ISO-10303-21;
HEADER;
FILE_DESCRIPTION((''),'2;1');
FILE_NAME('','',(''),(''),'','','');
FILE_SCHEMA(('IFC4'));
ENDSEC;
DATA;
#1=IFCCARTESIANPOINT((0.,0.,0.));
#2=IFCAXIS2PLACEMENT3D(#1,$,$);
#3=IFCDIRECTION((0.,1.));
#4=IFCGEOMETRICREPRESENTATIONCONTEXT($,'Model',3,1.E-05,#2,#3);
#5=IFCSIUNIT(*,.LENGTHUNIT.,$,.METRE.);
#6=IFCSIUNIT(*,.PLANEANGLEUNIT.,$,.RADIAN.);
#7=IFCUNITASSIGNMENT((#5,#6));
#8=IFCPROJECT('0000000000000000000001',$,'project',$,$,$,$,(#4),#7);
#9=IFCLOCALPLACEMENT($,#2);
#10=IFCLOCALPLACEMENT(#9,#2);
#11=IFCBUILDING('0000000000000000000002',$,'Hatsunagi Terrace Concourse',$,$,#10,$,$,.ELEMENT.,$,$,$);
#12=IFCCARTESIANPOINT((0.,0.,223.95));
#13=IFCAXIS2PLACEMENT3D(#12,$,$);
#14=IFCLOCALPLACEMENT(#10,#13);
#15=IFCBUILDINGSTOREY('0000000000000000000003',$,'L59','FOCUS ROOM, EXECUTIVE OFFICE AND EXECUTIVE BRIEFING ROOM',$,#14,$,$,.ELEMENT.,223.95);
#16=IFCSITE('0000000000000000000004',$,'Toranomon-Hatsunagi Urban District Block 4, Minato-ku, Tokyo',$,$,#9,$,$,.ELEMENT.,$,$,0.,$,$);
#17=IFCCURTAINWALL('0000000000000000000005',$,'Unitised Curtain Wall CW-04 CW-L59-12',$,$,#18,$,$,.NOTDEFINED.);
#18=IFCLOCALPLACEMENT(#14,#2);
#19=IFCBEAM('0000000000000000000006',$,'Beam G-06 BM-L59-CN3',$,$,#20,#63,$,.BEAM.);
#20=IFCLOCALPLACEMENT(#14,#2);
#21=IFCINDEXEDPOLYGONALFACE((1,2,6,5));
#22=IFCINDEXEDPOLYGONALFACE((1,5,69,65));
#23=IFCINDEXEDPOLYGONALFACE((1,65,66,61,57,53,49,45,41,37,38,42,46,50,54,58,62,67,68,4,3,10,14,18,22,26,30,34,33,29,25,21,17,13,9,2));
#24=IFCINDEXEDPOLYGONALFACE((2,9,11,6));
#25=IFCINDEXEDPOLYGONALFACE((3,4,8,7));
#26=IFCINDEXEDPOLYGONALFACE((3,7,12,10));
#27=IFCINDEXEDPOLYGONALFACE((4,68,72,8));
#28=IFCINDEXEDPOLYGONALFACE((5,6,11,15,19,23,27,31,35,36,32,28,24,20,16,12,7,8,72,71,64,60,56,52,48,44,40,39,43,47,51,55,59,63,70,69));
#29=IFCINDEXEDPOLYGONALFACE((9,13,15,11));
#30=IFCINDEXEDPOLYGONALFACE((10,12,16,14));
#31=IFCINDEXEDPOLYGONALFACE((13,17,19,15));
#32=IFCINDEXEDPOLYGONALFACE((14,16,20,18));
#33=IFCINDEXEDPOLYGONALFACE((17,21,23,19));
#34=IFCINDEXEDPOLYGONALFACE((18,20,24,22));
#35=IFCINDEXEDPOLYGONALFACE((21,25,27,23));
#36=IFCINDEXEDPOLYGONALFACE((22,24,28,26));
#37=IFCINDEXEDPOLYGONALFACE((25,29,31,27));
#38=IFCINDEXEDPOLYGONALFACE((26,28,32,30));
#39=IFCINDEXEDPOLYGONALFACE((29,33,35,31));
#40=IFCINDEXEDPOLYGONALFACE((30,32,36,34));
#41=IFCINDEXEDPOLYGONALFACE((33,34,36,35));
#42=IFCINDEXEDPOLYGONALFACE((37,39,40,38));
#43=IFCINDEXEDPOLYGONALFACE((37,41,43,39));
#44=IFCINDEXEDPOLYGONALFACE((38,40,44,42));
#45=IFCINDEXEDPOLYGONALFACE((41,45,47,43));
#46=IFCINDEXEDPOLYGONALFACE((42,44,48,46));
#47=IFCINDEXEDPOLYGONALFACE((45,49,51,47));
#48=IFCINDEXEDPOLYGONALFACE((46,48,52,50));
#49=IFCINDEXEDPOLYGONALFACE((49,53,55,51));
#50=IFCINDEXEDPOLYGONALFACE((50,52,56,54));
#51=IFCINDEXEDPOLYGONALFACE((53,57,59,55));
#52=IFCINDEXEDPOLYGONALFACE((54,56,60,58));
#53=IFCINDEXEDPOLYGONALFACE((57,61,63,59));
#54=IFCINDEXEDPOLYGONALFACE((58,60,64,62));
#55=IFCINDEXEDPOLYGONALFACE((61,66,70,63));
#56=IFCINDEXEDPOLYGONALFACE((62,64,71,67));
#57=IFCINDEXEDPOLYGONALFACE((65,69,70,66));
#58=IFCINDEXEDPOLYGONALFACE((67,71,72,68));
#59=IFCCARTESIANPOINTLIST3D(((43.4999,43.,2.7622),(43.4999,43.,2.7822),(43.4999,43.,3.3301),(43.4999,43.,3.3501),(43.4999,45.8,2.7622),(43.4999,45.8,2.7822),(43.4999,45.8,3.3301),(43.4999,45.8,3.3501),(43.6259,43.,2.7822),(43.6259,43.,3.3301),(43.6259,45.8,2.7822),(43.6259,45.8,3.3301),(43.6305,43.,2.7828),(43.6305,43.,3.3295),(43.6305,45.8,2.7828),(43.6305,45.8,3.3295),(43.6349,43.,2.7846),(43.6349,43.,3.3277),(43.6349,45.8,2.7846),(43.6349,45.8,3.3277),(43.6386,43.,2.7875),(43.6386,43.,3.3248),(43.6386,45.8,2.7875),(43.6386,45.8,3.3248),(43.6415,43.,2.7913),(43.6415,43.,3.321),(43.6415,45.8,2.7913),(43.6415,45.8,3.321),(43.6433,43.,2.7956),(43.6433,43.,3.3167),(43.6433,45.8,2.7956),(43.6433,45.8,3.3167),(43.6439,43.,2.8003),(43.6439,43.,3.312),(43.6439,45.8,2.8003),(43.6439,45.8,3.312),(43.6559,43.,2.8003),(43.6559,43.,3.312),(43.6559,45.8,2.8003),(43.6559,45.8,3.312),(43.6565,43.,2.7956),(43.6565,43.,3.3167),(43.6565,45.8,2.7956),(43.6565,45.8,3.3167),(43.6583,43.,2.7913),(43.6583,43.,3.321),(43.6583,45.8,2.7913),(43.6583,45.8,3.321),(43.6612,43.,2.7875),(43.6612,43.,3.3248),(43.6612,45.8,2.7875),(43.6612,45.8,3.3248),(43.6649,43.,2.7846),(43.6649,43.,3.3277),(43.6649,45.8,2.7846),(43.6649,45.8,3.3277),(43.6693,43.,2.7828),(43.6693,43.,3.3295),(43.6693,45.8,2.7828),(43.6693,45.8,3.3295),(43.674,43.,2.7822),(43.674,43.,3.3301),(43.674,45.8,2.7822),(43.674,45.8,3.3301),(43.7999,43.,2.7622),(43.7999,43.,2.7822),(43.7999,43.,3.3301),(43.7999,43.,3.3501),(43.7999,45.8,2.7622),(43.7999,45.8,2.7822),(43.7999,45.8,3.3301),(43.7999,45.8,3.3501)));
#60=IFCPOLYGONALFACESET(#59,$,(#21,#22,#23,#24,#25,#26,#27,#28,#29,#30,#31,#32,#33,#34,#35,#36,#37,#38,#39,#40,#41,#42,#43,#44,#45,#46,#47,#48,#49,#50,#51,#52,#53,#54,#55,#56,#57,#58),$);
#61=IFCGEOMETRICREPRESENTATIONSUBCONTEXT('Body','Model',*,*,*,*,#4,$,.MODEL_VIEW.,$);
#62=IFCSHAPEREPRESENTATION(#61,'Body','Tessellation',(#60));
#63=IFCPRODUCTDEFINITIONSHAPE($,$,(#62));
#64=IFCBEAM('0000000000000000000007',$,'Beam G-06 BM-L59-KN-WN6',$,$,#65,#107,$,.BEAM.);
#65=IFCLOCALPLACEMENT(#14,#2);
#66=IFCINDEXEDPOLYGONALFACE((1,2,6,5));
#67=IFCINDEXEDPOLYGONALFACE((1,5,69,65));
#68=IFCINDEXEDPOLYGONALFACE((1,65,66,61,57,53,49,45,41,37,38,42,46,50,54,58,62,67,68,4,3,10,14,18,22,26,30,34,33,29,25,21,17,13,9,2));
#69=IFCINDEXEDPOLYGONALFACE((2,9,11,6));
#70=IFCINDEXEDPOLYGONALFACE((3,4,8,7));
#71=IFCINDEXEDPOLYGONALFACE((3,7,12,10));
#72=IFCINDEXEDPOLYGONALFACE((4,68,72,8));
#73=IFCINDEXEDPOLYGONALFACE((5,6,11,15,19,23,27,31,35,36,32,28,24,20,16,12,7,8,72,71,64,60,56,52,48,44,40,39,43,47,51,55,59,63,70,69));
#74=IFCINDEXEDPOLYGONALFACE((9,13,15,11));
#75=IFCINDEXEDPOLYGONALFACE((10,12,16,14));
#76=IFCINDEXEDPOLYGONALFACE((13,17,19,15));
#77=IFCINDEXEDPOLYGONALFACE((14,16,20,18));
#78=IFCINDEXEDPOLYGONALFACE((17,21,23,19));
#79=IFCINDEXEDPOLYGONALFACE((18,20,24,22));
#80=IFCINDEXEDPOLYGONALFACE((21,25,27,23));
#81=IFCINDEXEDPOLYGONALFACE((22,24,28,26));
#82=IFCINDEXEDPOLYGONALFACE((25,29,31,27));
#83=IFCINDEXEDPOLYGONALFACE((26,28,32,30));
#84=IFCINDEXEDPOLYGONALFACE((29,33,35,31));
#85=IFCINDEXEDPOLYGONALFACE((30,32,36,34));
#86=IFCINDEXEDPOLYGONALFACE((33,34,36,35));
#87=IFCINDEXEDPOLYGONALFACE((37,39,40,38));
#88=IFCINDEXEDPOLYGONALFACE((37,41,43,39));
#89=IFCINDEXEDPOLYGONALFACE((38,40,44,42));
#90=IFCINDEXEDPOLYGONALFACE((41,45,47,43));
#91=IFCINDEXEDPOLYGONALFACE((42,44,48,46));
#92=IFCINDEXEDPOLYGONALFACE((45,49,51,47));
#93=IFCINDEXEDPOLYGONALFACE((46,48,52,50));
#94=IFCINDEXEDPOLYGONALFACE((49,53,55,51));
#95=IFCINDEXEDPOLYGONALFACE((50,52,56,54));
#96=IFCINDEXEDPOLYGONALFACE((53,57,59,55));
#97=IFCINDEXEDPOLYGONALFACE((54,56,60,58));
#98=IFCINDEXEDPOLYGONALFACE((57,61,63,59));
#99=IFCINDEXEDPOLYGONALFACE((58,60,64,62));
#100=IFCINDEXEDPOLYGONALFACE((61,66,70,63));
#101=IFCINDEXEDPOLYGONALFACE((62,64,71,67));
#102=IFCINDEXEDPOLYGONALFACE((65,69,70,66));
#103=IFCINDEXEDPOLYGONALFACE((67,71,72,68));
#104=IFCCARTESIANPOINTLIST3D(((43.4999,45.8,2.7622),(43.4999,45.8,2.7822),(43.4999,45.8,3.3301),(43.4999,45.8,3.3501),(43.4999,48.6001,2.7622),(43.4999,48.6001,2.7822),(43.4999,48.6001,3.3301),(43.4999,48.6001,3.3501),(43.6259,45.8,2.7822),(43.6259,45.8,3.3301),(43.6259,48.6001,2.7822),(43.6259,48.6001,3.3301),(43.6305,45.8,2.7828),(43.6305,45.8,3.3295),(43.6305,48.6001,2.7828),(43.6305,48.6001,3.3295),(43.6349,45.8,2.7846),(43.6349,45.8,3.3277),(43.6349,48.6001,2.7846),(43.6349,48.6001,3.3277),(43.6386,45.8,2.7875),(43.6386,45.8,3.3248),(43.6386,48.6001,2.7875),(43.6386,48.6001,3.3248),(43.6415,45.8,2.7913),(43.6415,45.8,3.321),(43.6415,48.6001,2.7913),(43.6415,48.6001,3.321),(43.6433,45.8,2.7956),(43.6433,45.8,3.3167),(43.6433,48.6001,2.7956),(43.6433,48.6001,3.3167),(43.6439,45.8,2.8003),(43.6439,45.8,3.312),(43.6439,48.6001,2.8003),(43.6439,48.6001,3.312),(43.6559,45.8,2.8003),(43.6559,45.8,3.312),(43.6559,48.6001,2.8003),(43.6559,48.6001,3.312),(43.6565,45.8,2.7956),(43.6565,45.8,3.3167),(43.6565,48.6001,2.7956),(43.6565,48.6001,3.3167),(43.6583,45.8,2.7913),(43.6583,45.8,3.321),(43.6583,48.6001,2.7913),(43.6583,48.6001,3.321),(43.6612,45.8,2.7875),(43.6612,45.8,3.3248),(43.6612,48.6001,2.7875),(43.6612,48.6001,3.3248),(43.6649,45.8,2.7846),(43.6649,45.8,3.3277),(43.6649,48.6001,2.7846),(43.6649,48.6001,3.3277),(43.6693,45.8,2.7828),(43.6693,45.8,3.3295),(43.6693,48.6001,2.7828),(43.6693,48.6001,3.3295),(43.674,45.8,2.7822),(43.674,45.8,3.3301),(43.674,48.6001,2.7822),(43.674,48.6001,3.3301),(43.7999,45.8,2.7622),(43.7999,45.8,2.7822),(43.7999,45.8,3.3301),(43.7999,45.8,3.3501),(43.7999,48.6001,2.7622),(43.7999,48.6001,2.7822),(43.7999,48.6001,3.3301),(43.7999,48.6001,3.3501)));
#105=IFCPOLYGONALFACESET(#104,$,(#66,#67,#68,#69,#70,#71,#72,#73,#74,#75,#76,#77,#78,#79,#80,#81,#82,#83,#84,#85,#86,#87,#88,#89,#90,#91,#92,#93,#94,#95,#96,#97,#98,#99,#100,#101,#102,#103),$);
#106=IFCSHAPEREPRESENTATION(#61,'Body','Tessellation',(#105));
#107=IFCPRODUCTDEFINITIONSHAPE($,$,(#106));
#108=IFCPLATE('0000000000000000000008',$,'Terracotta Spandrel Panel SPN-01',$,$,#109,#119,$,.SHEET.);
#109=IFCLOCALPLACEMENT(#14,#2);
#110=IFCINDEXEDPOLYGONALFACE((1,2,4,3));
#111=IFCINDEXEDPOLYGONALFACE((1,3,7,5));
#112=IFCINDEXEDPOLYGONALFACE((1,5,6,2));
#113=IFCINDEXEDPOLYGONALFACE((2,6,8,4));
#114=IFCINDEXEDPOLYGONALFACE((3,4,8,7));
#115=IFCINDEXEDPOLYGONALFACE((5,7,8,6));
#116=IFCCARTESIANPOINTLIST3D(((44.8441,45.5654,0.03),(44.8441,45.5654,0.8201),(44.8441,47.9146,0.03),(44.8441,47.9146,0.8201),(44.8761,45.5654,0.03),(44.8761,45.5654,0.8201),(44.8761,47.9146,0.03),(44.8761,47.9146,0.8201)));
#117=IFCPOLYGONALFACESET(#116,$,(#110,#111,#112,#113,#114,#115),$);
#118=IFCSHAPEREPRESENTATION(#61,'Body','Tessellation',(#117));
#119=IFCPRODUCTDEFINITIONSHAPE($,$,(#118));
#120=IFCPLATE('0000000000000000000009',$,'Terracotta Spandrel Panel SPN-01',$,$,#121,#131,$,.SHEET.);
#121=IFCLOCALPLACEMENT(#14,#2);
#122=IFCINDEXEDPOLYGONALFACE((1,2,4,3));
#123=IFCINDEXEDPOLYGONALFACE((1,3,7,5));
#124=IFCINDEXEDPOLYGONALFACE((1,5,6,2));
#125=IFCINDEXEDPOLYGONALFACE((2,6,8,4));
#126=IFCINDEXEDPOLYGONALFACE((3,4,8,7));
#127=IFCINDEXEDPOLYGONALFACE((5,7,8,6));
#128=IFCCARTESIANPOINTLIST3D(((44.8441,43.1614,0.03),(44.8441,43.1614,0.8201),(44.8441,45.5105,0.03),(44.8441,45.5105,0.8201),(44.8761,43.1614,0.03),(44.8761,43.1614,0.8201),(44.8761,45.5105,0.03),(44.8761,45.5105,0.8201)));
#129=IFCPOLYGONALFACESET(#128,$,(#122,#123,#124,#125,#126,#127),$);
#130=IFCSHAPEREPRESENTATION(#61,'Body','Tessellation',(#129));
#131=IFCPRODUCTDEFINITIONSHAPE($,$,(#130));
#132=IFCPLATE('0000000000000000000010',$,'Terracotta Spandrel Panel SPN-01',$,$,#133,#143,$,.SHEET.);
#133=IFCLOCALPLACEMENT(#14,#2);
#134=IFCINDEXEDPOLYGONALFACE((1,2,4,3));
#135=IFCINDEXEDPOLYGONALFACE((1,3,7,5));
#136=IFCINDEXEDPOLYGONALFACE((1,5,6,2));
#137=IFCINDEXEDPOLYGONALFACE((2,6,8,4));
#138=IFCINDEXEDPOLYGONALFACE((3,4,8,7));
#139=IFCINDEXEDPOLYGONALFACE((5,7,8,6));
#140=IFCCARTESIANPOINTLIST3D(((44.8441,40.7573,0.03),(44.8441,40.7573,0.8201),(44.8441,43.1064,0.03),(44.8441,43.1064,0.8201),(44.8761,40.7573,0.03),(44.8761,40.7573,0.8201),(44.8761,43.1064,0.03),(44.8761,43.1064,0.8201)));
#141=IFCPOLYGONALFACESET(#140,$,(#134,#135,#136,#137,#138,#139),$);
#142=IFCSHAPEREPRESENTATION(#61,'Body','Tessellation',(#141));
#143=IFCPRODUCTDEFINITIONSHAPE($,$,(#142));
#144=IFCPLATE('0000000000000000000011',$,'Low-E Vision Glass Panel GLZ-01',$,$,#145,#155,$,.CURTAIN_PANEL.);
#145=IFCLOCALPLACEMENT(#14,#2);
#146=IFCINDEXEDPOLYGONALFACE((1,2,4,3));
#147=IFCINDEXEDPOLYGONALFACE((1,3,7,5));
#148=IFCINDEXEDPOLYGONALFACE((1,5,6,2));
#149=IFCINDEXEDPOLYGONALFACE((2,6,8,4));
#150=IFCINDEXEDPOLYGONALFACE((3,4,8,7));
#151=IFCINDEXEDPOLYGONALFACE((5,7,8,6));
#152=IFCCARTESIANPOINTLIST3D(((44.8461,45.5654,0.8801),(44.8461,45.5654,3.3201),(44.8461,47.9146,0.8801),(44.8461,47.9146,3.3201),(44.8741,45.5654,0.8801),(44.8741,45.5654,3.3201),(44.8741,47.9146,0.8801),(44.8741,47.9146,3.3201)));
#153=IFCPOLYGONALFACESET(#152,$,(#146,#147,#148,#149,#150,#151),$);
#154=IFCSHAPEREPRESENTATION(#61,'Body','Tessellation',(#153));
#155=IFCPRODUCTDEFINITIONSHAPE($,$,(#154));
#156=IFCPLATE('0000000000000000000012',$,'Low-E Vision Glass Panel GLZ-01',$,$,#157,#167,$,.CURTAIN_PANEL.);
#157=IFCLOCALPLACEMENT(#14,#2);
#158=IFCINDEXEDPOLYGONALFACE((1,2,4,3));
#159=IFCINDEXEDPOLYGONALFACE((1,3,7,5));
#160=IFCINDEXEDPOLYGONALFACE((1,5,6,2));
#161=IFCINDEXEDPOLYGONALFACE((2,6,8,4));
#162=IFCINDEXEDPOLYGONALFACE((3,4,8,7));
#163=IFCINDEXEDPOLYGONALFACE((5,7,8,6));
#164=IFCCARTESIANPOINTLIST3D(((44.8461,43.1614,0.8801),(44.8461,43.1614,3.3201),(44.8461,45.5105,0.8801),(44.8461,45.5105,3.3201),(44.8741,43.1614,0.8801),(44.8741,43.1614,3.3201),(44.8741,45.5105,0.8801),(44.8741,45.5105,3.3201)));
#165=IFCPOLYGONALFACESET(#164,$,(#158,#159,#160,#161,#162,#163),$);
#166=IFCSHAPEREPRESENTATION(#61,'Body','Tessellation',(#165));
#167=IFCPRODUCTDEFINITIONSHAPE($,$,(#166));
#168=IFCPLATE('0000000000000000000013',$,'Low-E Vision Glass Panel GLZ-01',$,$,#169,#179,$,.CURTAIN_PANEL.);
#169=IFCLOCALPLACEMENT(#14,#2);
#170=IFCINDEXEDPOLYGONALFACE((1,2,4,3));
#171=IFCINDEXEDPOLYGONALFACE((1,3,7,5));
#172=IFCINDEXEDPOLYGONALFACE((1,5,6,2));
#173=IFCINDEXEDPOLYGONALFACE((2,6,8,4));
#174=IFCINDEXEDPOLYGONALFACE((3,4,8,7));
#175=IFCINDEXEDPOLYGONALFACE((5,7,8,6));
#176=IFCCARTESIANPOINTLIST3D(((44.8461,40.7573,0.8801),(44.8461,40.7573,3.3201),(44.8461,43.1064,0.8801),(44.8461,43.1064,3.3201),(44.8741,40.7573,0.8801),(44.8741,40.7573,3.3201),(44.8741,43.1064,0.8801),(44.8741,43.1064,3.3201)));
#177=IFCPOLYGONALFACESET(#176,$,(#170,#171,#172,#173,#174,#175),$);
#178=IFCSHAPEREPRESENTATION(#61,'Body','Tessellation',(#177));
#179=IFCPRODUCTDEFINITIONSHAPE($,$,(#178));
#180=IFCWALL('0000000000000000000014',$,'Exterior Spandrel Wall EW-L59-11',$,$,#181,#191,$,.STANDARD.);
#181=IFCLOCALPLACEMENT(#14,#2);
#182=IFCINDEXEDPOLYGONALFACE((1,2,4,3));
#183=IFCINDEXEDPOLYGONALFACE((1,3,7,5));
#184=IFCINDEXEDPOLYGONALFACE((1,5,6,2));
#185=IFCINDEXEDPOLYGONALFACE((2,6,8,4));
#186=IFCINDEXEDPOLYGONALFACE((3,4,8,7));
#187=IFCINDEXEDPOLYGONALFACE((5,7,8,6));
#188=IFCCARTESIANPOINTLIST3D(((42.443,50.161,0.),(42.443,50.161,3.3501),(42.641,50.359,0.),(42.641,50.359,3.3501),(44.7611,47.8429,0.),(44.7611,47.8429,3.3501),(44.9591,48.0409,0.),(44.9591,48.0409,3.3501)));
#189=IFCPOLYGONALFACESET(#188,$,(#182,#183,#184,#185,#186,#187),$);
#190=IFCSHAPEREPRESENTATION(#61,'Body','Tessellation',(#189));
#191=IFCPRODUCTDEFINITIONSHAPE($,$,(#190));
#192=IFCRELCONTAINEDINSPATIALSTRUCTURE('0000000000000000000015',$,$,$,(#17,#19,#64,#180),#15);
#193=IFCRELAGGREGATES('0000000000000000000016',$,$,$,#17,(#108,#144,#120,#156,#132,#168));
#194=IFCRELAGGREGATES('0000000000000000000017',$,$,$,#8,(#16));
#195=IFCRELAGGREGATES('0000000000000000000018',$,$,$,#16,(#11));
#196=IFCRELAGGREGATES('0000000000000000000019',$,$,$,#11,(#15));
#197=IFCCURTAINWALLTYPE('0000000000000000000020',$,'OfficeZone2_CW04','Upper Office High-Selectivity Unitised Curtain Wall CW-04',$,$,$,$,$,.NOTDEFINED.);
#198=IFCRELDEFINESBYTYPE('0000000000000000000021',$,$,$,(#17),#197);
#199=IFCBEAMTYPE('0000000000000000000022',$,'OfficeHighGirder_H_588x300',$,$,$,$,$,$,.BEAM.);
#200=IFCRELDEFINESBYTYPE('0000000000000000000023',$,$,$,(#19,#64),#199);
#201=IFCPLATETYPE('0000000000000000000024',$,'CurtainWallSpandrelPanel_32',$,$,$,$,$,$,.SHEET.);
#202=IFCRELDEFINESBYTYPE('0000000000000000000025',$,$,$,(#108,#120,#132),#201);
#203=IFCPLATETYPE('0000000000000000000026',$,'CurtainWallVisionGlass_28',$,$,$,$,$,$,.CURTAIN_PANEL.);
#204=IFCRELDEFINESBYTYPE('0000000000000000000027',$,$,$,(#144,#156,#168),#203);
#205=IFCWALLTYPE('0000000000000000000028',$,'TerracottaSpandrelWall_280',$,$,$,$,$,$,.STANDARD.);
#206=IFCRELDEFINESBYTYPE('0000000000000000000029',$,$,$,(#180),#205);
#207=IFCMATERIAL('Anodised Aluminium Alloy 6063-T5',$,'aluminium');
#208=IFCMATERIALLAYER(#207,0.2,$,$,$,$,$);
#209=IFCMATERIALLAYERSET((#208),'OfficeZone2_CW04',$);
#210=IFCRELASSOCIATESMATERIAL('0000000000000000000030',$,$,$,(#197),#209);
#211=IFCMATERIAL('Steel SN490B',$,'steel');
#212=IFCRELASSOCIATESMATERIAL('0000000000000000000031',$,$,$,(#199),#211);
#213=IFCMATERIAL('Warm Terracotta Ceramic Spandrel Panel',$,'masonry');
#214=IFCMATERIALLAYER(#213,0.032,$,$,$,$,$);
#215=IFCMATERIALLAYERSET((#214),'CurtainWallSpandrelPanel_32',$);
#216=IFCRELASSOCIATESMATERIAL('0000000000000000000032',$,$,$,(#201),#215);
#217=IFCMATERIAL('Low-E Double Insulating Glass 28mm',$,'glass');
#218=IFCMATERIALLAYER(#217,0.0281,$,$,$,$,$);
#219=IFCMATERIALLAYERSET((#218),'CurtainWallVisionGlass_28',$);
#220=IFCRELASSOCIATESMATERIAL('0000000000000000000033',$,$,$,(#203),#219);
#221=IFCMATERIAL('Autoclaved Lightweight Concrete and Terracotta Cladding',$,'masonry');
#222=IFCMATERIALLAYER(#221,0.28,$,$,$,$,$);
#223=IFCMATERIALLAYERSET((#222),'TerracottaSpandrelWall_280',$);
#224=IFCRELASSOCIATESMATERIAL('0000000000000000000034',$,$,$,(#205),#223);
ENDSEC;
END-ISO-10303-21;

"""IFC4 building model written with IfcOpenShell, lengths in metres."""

from ifc_helpers import new_model, si_unit, direction, frame, frame_2d, origin, origin_2d, place, context, subcontext, project, spatial, rectangle, i_section, extrude, material, layer, layer_set, material_profile, profile_set, type_object, element, aggregate, save


model = new_model("IFC4")

# Units and contexts
model_context = context("Model", 3, precision=1e-05, world=origin(), true_north=direction((0.0, 1.0)))
body_context = subcontext(model_context, "Body", "Model", "MODEL_VIEW")
ifc_project = project(units=[si_unit("LENGTHUNIT", "METRE"), si_unit("PLANEANGLEUNIT", "RADIAN")], contexts=[model_context])

# Site, building, storey
site_placement = place(None, origin())
site = spatial("IfcSite", under=ifc_project, at=site_placement, Name="Toranomon-Hatsunagi Urban District Block 4, Minato-ku, Tokyo", CompositionType="ELEMENT", RefElevation=0.0)
building_placement = place(site_placement, origin())
building = spatial("IfcBuilding", under=site, at=building_placement, Name="Hatsunagi Terrace Concourse", CompositionType="ELEMENT")
storey_placement = place(building_placement, frame((0.0, 0.0, 223.95)))
storey = spatial("IfcBuildingStorey", under=building, at=storey_placement, Name="L59", Description="FOCUS ROOM, EXECUTIVE OFFICE AND EXECUTIVE BRIEFING ROOM", CompositionType="ELEMENT", Elevation=223.95)

# Curtain wall
ifc_material_1 = material(Name="Anodised Aluminium Alloy 6063-T5", Category="aluminium")
ifc_layer_1 = layer(ifc_material_1, 0.2)
ifc_layer_set_1 = layer_set([ifc_layer_1], Name="OfficeZone2_CW04")
curtain_wall_type = type_object("IfcCurtainWallType", Name="OfficeZone2_CW04", Description="Upper Office High-Selectivity Unitised Curtain Wall CW-04", PredefinedType="NOTDEFINED", material=ifc_layer_set_1)
curtain_wall_placement = place(storey_placement, origin())
curtain_wall = element("IfcCurtainWall", 1, at=curtain_wall_placement, inside=storey, type_object=curtain_wall_type, Name="Unitised Curtain Wall CW-04 CW-L59-12", PredefinedType="NOTDEFINED")

# Beams
ifc_material_2 = material(Name="Steel SN490B", Category="steel")
ifc_material_profile_1 = material_profile(ifc_material_2, i_section(OverallWidth=0.3, OverallDepth=0.5879, WebThickness=0.012, FlangeThickness=0.02, FilletRadius=0.0181, at=origin_2d()), Name="H-588x300x12x20")
ifc_profile_set_1 = profile_set([ifc_material_profile_1], Name="Steel SN490B")
beam_type = type_object("IfcBeamType", Name="OfficeHighGirder_H_588x300", PredefinedType="BEAM", material=ifc_profile_set_1)
for number, where, z_axis, x_axis, name in (
    (2, (43.6499, 43.0, 3.0562), (0.0, 1.0, 0.0), (-1.0, 0.0, 0.0), "Beam G-06 BM-L59-CN3"),
    (3, (43.6499, 45.8, 3.0562), (0.0, 1.0, 0.0), (-1.0, 0.0, 0.0), "Beam G-06 BM-L59-KN-WN6"),
):
    element("IfcBeam", number, at=place(storey_placement, frame(where, z_axis=z_axis, x_axis=x_axis)), inside=storey, type_object=beam_type, Name=name, PredefinedType="BEAM", context=body_context, shape_type="SweptSolid", body=[
        extrude(i_section(OverallWidth=0.3, OverallDepth=0.5879, WebThickness=0.012, FlangeThickness=0.02, FilletRadius=0.0181, at=origin_2d()), origin(), (0.0, 0.0, 1.0), 2.8),
    ])

# Plates
ifc_material_3 = material(Name="Warm Terracotta Ceramic Spandrel Panel", Category="masonry")
ifc_layer_2 = layer(ifc_material_3, 0.032)
ifc_layer_set_2 = layer_set([ifc_layer_2], Name="CurtainWallSpandrelPanel_32")
plate_type_1 = type_object("IfcPlateType", Name="CurtainWallSpandrelPanel_32", PredefinedType="SHEET", material=ifc_layer_set_2)
plate_1_placement = place(storey_placement, frame((44.8601, 46.74, 0.03), z_axis=(0.0, 0.0, 1.0), x_axis=(0.0, -1.0, 0.0)))
plate_1 = element("IfcPlate", 4, at=plate_1_placement, type_object=plate_type_1, Name="Terracotta Spandrel Panel SPN-01", PredefinedType="SHEET", context=body_context, shape_type="SweptSolid", body=[
    extrude(rectangle(XDim=2.3491, YDim=0.032, at=origin_2d()), origin(), (0.0, 0.0, 1.0), 0.79),
])
plate_2_placement = place(storey_placement, frame((44.8601, 44.3359, 0.03), z_axis=(0.0, 0.0, 1.0), x_axis=(0.0, -1.0, 0.0)))
plate_2 = element("IfcPlate", 5, at=plate_2_placement, type_object=plate_type_1, Name="Terracotta Spandrel Panel SPN-01", PredefinedType="SHEET", context=body_context, shape_type="SweptSolid", body=[
    extrude(rectangle(XDim=2.3491, YDim=0.032, at=origin_2d()), origin(), (0.0, 0.0, 1.0), 0.79),
])
plate_3_placement = place(storey_placement, frame((44.8601, 41.9319, 0.03), z_axis=(0.0, 0.0, 1.0), x_axis=(0.0, -1.0, 0.0)))
plate_3 = element("IfcPlate", 6, at=plate_3_placement, type_object=plate_type_1, Name="Terracotta Spandrel Panel SPN-01", PredefinedType="SHEET", context=body_context, shape_type="SweptSolid", body=[
    extrude(rectangle(XDim=2.3491, YDim=0.032, at=origin_2d()), origin(), (0.0, 0.0, 1.0), 0.79),
])
ifc_material_4 = material(Name="Low-E Double Insulating Glass 28mm", Category="glass")
ifc_layer_3 = layer(ifc_material_4, 0.0281)
ifc_layer_set_3 = layer_set([ifc_layer_3], Name="CurtainWallVisionGlass_28")
plate_type_2 = type_object("IfcPlateType", Name="CurtainWallVisionGlass_28", PredefinedType="CURTAIN_PANEL", material=ifc_layer_set_3)
plate_4_placement = place(storey_placement, frame((44.8601, 46.74, 0.8801), z_axis=(0.0, 0.0, 1.0), x_axis=(0.0, -1.0, 0.0)))
plate_4 = element("IfcPlate", 7, at=plate_4_placement, type_object=plate_type_2, Name="Low-E Vision Glass Panel GLZ-01", PredefinedType="CURTAIN_PANEL", context=body_context, shape_type="SweptSolid", body=[
    extrude(rectangle(XDim=2.3491, YDim=0.0281, at=origin_2d()), origin(), (0.0, 0.0, 1.0), 2.4399),
])
plate_5_placement = place(storey_placement, frame((44.8601, 44.3359, 0.8801), z_axis=(0.0, 0.0, 1.0), x_axis=(0.0, -1.0, 0.0)))
plate_5 = element("IfcPlate", 8, at=plate_5_placement, type_object=plate_type_2, Name="Low-E Vision Glass Panel GLZ-01", PredefinedType="CURTAIN_PANEL", context=body_context, shape_type="SweptSolid", body=[
    extrude(rectangle(XDim=2.3491, YDim=0.0281, at=origin_2d()), origin(), (0.0, 0.0, 1.0), 2.4399),
])
plate_6_placement = place(storey_placement, frame((44.8601, 41.9319, 0.8801), z_axis=(0.0, 0.0, 1.0), x_axis=(0.0, -1.0, 0.0)))
plate_6 = element("IfcPlate", 9, at=plate_6_placement, type_object=plate_type_2, Name="Low-E Vision Glass Panel GLZ-01", PredefinedType="CURTAIN_PANEL", context=body_context, shape_type="SweptSolid", body=[
    extrude(rectangle(XDim=2.3491, YDim=0.0281, at=origin_2d()), origin(), (0.0, 0.0, 1.0), 2.4399),
])
aggregate(curtain_wall, [plate_1, plate_4, plate_2, plate_5, plate_3, plate_6])

# Wall
ifc_material_5 = material(Name="Autoclaved Lightweight Concrete and Terracotta Cladding", Category="masonry")
ifc_layer_4 = layer(ifc_material_5, 0.28)
ifc_layer_set_4 = layer_set([ifc_layer_4], Name="TerracottaSpandrelWall_280")
wall_type = type_object("IfcWallType", Name="TerracottaSpandrelWall_280", PredefinedType="STANDARD", material=ifc_layer_set_4)
wall_placement = place(storey_placement, frame((42.542, 50.26, 0.0), z_axis=(0.0, 0.0, 1.0), x_axis=(0.707107, -0.707107, 0.0)))
element("IfcWall", 10, at=wall_placement, inside=storey, type_object=wall_type, Name="Exterior Spandrel Wall EW-L59-11", PredefinedType="STANDARD", context=body_context, shape_type="SweptSolid", body=[
    extrude(rectangle(XDim=3.2783, YDim=0.28, at=frame_2d((1.6392, 0.0))), origin(), (0.0, 0.0, 1.0), 3.3501),
])

save(model, "model.ifc")
